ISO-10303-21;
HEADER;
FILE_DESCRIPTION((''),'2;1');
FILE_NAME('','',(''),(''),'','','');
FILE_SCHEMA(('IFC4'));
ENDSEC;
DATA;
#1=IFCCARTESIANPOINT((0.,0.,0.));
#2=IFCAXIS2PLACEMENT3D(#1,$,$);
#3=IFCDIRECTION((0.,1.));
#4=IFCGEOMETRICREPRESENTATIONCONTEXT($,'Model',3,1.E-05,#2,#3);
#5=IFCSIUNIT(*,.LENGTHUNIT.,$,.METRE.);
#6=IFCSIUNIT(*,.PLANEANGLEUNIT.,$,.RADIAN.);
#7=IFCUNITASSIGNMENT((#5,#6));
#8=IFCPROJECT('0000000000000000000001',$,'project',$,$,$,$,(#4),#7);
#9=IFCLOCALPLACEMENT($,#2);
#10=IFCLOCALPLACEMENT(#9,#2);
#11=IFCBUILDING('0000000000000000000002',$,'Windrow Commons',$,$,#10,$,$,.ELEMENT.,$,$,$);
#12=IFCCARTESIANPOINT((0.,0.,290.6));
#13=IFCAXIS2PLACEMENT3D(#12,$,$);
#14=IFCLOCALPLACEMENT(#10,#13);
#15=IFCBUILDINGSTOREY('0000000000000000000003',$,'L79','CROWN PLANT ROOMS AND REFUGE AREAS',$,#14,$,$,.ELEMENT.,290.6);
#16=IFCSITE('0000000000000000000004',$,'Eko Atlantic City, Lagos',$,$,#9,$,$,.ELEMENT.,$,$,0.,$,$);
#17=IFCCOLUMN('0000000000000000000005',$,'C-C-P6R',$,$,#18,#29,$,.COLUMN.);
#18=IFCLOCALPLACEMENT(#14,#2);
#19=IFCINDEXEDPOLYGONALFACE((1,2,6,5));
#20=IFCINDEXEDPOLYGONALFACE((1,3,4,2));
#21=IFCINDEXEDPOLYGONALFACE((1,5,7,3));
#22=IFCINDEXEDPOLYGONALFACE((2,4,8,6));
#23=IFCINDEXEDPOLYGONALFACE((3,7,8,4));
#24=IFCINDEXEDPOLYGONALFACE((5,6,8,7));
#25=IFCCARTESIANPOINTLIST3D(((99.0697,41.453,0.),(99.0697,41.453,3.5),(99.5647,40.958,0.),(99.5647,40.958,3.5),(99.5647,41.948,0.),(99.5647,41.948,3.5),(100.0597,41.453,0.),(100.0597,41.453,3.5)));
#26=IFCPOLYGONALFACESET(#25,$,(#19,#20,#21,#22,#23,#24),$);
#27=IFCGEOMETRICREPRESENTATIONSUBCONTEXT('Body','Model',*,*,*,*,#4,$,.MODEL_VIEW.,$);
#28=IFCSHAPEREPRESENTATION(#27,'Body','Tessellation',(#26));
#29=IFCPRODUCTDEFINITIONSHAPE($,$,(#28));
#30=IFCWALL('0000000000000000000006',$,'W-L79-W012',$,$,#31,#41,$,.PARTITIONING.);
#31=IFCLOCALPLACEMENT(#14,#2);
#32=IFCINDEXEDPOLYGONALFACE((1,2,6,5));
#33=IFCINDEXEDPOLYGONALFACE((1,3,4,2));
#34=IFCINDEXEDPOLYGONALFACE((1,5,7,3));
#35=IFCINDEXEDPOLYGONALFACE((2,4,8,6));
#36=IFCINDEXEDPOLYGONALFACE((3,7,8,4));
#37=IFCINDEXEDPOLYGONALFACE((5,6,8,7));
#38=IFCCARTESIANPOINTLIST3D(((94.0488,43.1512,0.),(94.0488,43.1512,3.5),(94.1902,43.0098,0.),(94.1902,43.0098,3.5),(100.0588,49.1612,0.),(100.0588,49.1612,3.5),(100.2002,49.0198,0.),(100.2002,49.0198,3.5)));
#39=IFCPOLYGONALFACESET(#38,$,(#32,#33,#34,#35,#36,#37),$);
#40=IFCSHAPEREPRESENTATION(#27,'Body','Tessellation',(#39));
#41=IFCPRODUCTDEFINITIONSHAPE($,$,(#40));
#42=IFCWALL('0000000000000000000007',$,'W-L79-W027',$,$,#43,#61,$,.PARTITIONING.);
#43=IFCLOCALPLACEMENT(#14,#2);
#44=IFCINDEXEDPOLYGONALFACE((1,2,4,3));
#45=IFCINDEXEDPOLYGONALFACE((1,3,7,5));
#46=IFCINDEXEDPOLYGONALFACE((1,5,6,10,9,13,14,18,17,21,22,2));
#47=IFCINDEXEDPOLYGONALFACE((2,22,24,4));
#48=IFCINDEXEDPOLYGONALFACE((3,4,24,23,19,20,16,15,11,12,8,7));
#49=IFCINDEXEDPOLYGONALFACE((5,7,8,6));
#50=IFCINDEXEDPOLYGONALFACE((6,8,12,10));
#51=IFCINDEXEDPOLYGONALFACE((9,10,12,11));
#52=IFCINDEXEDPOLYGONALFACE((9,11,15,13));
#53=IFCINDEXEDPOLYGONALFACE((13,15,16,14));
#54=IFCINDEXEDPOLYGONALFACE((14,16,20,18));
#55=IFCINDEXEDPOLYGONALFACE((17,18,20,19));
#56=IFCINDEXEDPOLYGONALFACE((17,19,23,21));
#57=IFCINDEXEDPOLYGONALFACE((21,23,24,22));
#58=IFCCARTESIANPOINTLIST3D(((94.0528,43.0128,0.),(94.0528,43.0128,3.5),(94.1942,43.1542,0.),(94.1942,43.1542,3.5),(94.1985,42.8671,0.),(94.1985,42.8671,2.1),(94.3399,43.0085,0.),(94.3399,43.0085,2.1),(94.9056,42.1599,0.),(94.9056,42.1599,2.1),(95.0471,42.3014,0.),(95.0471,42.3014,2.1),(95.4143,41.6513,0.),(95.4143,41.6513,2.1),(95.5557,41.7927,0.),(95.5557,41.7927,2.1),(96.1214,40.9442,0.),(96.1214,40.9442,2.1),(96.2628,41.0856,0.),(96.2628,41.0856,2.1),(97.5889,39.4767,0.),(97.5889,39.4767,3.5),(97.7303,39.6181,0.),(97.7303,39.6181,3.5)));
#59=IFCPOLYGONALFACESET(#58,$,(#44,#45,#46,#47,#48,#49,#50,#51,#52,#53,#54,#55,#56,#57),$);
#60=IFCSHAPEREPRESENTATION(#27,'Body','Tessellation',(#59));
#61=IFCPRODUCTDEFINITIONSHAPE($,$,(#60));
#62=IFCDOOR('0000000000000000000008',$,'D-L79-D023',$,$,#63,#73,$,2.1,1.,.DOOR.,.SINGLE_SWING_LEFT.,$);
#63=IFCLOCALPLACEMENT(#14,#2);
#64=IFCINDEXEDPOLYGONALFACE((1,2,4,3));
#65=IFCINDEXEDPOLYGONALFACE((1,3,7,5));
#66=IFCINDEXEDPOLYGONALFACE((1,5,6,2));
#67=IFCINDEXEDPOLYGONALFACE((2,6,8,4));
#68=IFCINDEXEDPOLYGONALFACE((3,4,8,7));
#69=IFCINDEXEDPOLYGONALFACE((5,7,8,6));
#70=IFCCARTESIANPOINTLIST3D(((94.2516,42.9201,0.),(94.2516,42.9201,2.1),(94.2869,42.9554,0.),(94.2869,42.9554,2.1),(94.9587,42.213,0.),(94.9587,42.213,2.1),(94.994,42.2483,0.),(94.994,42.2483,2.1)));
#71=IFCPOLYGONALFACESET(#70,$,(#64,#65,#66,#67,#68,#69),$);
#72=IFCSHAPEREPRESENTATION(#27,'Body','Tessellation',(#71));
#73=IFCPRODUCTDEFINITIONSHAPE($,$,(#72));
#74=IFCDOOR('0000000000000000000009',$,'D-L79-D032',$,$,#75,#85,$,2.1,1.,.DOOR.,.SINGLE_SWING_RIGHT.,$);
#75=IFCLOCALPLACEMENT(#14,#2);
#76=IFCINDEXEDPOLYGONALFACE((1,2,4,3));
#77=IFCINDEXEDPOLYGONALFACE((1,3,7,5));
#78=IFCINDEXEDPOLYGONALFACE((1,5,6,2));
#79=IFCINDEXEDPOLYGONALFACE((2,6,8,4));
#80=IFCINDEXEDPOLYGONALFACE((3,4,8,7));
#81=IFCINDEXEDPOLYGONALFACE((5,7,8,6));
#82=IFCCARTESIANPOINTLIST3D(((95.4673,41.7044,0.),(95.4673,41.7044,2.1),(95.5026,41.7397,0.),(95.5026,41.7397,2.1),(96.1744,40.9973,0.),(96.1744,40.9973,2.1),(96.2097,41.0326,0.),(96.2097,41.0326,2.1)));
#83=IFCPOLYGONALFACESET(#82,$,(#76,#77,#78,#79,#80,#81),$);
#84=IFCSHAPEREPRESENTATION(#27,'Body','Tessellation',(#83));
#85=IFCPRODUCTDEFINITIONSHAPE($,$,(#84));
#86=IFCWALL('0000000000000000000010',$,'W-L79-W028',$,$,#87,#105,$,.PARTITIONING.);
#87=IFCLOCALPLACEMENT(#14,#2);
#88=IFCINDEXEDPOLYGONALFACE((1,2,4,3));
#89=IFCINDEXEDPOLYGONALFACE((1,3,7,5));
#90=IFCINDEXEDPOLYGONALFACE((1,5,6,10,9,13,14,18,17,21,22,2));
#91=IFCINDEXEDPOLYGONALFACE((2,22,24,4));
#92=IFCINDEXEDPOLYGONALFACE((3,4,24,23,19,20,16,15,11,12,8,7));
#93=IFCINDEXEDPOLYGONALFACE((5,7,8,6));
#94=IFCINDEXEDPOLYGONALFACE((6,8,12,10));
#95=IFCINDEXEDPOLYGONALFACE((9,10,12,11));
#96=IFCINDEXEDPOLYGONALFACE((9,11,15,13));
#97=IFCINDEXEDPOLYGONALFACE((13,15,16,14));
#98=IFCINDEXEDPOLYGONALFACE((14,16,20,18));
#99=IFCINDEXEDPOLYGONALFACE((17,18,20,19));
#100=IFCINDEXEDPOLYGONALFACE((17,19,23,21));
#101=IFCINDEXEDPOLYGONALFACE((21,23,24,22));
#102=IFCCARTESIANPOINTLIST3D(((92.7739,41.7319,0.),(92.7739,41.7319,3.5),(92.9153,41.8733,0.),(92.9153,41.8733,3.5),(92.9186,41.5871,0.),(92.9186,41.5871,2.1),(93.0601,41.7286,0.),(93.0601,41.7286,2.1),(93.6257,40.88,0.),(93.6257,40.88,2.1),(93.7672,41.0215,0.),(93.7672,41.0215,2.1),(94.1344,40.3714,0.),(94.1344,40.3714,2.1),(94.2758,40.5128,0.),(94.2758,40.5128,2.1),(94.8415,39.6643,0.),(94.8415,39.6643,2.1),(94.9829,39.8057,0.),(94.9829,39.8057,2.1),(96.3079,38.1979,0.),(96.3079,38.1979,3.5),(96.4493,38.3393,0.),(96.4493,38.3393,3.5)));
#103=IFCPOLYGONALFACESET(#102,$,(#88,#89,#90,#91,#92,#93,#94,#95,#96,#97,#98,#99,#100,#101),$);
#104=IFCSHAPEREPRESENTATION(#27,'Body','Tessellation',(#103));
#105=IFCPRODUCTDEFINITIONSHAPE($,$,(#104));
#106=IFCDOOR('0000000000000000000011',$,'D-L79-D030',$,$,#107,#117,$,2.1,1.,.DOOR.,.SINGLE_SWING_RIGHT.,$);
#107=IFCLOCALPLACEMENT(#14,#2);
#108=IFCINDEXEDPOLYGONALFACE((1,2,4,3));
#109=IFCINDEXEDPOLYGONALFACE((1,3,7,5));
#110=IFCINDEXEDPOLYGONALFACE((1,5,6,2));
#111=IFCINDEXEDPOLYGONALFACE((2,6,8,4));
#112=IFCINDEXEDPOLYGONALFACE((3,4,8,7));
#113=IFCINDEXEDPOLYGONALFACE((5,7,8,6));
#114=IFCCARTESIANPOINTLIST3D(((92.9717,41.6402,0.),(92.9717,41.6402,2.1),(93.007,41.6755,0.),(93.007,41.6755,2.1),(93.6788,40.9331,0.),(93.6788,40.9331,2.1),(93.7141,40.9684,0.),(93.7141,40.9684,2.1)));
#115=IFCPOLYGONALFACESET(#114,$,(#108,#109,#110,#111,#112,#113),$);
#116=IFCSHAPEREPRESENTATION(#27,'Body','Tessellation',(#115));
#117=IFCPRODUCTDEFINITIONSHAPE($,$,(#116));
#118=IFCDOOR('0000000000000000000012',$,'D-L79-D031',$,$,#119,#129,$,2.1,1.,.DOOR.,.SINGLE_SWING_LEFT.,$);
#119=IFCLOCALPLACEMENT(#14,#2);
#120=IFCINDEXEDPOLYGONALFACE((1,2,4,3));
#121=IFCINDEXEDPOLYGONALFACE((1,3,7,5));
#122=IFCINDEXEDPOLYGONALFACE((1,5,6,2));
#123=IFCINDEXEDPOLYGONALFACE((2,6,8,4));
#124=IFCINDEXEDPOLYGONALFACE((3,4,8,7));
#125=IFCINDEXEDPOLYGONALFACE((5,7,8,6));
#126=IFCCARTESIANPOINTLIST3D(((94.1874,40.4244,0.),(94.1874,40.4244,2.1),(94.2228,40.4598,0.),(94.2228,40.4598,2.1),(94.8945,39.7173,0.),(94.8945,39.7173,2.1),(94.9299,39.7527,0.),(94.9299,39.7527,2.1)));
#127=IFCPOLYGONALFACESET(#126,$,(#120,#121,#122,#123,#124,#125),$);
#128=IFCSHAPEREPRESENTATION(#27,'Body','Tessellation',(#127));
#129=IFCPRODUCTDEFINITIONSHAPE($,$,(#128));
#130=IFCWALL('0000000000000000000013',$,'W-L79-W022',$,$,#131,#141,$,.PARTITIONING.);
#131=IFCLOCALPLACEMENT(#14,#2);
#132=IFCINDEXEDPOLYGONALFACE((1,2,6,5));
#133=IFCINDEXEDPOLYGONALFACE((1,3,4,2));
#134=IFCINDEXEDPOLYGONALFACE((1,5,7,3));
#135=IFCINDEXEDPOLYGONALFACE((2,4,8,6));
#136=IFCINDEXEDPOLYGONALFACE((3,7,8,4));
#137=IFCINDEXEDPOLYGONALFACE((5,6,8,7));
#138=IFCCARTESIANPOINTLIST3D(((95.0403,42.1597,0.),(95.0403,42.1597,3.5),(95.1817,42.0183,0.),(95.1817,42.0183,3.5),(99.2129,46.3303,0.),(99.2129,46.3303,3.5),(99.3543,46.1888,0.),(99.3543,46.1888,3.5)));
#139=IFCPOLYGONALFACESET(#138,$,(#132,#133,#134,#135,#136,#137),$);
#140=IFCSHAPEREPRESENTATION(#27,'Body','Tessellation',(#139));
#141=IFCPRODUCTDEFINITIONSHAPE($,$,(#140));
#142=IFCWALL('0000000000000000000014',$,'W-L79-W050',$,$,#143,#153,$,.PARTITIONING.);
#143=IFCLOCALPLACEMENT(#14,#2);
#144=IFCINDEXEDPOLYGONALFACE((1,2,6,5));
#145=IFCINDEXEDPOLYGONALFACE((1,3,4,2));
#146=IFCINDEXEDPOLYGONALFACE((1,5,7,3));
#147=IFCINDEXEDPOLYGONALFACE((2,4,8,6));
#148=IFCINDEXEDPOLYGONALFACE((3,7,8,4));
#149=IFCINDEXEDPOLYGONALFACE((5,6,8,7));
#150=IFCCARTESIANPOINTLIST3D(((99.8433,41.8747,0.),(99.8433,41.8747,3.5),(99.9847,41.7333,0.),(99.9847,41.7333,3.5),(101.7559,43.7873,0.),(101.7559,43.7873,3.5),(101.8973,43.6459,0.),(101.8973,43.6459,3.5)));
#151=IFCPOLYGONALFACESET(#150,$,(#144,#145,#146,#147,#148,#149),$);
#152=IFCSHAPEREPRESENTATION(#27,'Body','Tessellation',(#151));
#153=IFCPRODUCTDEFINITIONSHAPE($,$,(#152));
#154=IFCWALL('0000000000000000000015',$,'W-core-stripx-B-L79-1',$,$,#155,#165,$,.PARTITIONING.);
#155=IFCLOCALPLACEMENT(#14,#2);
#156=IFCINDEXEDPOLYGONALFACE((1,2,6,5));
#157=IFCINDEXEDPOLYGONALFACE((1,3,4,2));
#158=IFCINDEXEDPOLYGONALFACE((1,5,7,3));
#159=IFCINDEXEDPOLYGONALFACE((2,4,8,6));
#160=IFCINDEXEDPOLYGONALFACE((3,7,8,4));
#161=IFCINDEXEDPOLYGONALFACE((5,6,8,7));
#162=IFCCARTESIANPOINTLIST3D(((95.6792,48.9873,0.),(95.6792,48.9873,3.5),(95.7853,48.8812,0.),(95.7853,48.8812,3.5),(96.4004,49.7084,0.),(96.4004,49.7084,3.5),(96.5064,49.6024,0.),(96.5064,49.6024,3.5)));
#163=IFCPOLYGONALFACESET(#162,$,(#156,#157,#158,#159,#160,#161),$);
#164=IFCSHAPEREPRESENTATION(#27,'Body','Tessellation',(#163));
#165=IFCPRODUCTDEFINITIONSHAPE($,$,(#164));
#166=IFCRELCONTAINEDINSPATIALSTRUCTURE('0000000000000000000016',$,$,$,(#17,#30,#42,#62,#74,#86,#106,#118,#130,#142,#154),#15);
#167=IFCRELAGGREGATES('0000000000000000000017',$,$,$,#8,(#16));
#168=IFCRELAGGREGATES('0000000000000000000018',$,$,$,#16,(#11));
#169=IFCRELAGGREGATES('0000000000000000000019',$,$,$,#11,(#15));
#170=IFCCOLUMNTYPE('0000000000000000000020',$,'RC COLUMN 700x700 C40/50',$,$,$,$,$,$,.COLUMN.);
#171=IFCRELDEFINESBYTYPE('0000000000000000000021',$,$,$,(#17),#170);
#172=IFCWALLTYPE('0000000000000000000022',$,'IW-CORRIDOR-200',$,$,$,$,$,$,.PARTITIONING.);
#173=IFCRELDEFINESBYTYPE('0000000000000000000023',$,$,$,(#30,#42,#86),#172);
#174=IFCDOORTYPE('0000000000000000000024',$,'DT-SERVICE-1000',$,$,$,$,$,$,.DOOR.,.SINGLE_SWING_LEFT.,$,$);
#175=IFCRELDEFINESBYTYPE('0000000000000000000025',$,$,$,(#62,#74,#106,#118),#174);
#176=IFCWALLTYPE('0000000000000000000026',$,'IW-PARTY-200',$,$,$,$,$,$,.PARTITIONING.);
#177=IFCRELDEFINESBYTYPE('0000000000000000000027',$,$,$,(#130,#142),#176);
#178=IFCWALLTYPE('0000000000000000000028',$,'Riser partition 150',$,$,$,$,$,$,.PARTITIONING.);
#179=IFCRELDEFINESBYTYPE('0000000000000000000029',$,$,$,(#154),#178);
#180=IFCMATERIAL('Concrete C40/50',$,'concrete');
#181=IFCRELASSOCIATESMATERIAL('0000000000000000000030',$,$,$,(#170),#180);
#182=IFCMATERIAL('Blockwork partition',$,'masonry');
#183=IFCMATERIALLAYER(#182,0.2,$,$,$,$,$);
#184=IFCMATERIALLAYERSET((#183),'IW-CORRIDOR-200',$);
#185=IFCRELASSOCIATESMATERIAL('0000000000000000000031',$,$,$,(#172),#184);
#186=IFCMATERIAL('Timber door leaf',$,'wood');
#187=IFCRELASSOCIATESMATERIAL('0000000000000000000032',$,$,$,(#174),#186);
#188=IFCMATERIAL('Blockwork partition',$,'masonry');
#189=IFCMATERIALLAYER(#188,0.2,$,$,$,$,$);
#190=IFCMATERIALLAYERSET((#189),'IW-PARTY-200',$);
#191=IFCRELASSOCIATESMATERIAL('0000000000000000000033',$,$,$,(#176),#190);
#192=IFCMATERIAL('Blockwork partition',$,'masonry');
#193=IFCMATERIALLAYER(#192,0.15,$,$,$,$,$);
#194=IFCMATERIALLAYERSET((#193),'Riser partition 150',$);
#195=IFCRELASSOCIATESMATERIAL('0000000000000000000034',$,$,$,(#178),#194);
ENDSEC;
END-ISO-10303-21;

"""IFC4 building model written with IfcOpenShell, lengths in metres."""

from ifc_helpers import new_model, si_unit, direction, frame, frame_2d, origin, origin_2d, place, context, subcontext, project, spatial, polyline, rectangle, outline, extrude, material, layer, layer_set, material_profile, profile_set, type_object, element, fill, save


model = new_model("IFC4")

# Units and contexts
model_context = context("Model", 3, precision=1e-05, world=origin(), true_north=direction((0.0, 1.0)))
body_context = subcontext(model_context, "Body", "Model", "MODEL_VIEW")
ifc_project = project(units=[si_unit("LENGTHUNIT", "METRE"), si_unit("PLANEANGLEUNIT", "RADIAN")], contexts=[model_context])

# Site, building, storey
site_placement = place(None, origin())
site = spatial("IfcSite", under=ifc_project, at=site_placement, Name="Eko Atlantic City, Lagos", CompositionType="ELEMENT", RefElevation=0.0)
building_placement = place(site_placement, origin())
building = spatial("IfcBuilding", under=site, at=building_placement, Name="Windrow Commons", CompositionType="ELEMENT")
storey_placement = place(building_placement, frame((0.0, 0.0, 290.6)))
storey = spatial("IfcBuildingStorey", under=building, at=storey_placement, Name="L79", Description="CROWN PLANT ROOMS AND REFUGE AREAS", CompositionType="ELEMENT", Elevation=290.6)

# Column
ifc_material_1 = material(Name="Concrete C40/50", Category="concrete")
ifc_material_profile = material_profile(ifc_material_1, rectangle(XDim=0.7, YDim=0.7, at=origin_2d()))
ifc_profile_set = profile_set([ifc_material_profile], Name="Concrete C40/50")
column_type = type_object("IfcColumnType", Name="RC COLUMN 700x700 C40/50", PredefinedType="COLUMN", material=ifc_profile_set)
column_placement = place(storey_placement, frame((99.5647, 41.453, 0.0), z_axis=(0.0, 0.0, 1.0), x_axis=(0.707107, -0.707107, 0.0)))
element("IfcColumn", 1, at=column_placement, inside=storey, type_object=column_type, Name="C-C-P6R", PredefinedType="COLUMN", context=body_context, shape_type="SweptSolid", body=[
    extrude(rectangle(XDim=0.7, YDim=0.7, at=origin_2d()), origin(), (0.0, 0.0, 1.0), 3.5),
])

# Wall
ifc_material_2 = material(Name="Blockwork partition", Category="masonry")
ifc_layer_1 = layer(ifc_material_2, 0.2)
ifc_layer_set_1 = layer_set([ifc_layer_1], Name="IW-CORRIDOR-200")
wall_type_1 = type_object("IfcWallType", Name="IW-CORRIDOR-200", PredefinedType="PARTITIONING", material=ifc_layer_set_1)
wall_1_placement = place(storey_placement, frame((94.1195, 43.0805, 0.0), z_axis=(0.0, 0.0, 1.0), x_axis=(0.707107, 0.707107, 0.0)))
element("IfcWall", 2, at=wall_1_placement, inside=storey, type_object=wall_type_1, Name="W-L79-W012", PredefinedType="PARTITIONING", context=body_context, shape_type="SweptSolid", body=[
    extrude(rectangle(XDim=8.4994, YDim=0.2, at=frame_2d((4.2497, 0.0))), origin(), (0.0, 0.0, 1.0), 3.5),
])

# Walls, openings, doors
wall_2_placement = place(storey_placement, frame((94.1235, 43.0835, 0.0), z_axis=(0.0, 0.0, 1.0), x_axis=(0.707107, -0.707107, 0.0)))
wall_2 = element("IfcWall", 3, at=wall_2_placement, inside=storey, type_object=wall_type_1, Name="W-L79-W027", PredefinedType="PARTITIONING", context=body_context, shape_type="SweptSolid", body=[
    extrude(rectangle(XDim=5.0007, YDim=0.2, at=frame_2d((2.5004, 0.0))), origin(), (0.0, 0.0, 1.0), 3.5),
])
opening_1_placement = place(wall_2_placement, frame((0.2061, 0.0, 0.0)))
opening_1 = element("IfcOpeningElement", 4, at=opening_1_placement, cuts=wall_2, PredefinedType="OPENING", context=body_context, shape_type="SweptSolid", body=[
    extrude(rectangle(XDim=1.0, YDim=2.1, at=frame_2d((0.5, 1.05))), frame((0.0, 0.11, 0.0), z_axis=(0.0, -1.0, 0.0), x_axis=(1.0, 0.0, 0.0)), (0.0, 0.0, 1.0), 0.22),
])
opening_2_placement = place(wall_2_placement, frame((1.9254, 0.0, 0.0)))
opening_2 = element("IfcOpeningElement", 5, at=opening_2_placement, cuts=wall_2, PredefinedType="OPENING", context=body_context, shape_type="SweptSolid", body=[
    extrude(rectangle(XDim=1.0, YDim=2.1, at=frame_2d((0.5, 1.05))), frame((0.0, 0.11, 0.0), z_axis=(0.0, -1.0, 0.0), x_axis=(1.0, 0.0, 0.0)), (0.0, 0.0, 1.0), 0.22),
])
ifc_material_3 = material(Name="Timber door leaf", Category="wood")
door_type = type_object("IfcDoorType", Name="DT-SERVICE-1000", OperationType="SINGLE_SWING_LEFT", PredefinedType="DOOR", material=ifc_material_3)
door_1_placement = place(opening_1_placement, origin())
door_1 = element("IfcDoor", 6, at=door_1_placement, inside=storey, type_object=door_type, Name="D-L79-D023", OperationType="SINGLE_SWING_LEFT", OverallHeight=2.1, OverallWidth=1.0, PredefinedType="DOOR", context=body_context, shape_type="SweptSolid", body=[
    extrude(rectangle(XDim=1.0, YDim=2.1, at=frame_2d((0.5, 1.05))), frame((0.0, 0.025, 0.0), z_axis=(0.0, -1.0, 0.0), x_axis=(1.0, 0.0, 0.0)), (0.0, 0.0, 1.0), 0.05),
])
fill(opening_1, door_1)
door_2_placement = place(opening_2_placement, origin())
door_2 = element("IfcDoor", 7, at=door_2_placement, inside=storey, type_object=door_type, Name="D-L79-D032", OperationType="SINGLE_SWING_RIGHT", OverallHeight=2.1, OverallWidth=1.0, PredefinedType="DOOR", context=body_context, shape_type="SweptSolid", body=[
    extrude(rectangle(XDim=1.0, YDim=2.1, at=frame_2d((0.5, 1.05))), frame((0.0, 0.025, 0.0), z_axis=(0.0, -1.0, 0.0), x_axis=(1.0, 0.0, 0.0)), (0.0, 0.0, 1.0), 0.05),
])
fill(opening_2, door_2)
wall_3_placement = place(storey_placement, frame((92.8446, 41.8026, 0.0), z_axis=(0.0, 0.0, 1.0), x_axis=(0.707107, -0.707107, 0.0)))
wall_3 = element("IfcWall", 8, at=wall_3_placement, inside=storey, type_object=wall_type_1, Name="W-L79-W028", PredefinedType="PARTITIONING", context=body_context, shape_type="SweptSolid", body=[
    extrude(rectangle(XDim=4.9978, YDim=0.2, at=frame_2d((2.4989, 0.0))), origin(), (0.0, 0.0, 1.0), 3.5),
])
opening_3_placement = place(wall_3_placement, frame((0.2047, 0.0, 0.0)))
opening_3 = element("IfcOpeningElement", 9, at=opening_3_placement, cuts=wall_3, PredefinedType="OPENING", context=body_context, shape_type="SweptSolid", body=[
    extrude(rectangle(XDim=1.0, YDim=2.1, at=frame_2d((0.5, 1.05))), frame((0.0, 0.11, 0.0), z_axis=(0.0, -1.0, 0.0), x_axis=(1.0, 0.0, 0.0)), (0.0, 0.0, 1.0), 0.22),
])
opening_4_placement = place(wall_3_placement, frame((1.924, 0.0, 0.0)))
opening_4 = element("IfcOpeningElement", 10, at=opening_4_placement, cuts=wall_3, PredefinedType="OPENING", context=body_context, shape_type="SweptSolid", body=[
    extrude(rectangle(XDim=1.0, YDim=2.1, at=frame_2d((0.5, 1.05))), frame((0.0, 0.11, 0.0), z_axis=(0.0, -1.0, 0.0), x_axis=(1.0, 0.0, 0.0)), (0.0, 0.0, 1.0), 0.22),
])
door_3_placement = place(opening_3_placement, origin())
door_3 = element("IfcDoor", 11, at=door_3_placement, inside=storey, type_object=door_type, Name="D-L79-D030", OperationType="SINGLE_SWING_RIGHT", OverallHeight=2.1, OverallWidth=1.0, PredefinedType="DOOR", context=body_context, shape_type="SweptSolid", body=[
    extrude(rectangle(XDim=1.0, YDim=2.1, at=frame_2d((0.5, 1.05))), frame((0.0, 0.025, 0.0), z_axis=(0.0, -1.0, 0.0), x_axis=(1.0, 0.0, 0.0)), (0.0, 0.0, 1.0), 0.05),
])
fill(opening_3, door_3)
door_4_placement = place(opening_4_placement, origin())
door_4 = element("IfcDoor", 12, at=door_4_placement, inside=storey, type_object=door_type, Name="D-L79-D031", OperationType="SINGLE_SWING_LEFT", OverallHeight=2.1, OverallWidth=1.0, PredefinedType="DOOR", context=body_context, shape_type="SweptSolid", body=[
    extrude(rectangle(XDim=1.0, YDim=2.1, at=frame_2d((0.5, 1.05))), frame((0.0, 0.025, 0.0), z_axis=(0.0, -1.0, 0.0), x_axis=(1.0, 0.0, 0.0)), (0.0, 0.0, 1.0), 0.05),
])
fill(opening_4, door_4)

# Walls
ifc_material_4 = material(Name="Blockwork partition", Category="masonry")
ifc_layer_2 = layer(ifc_material_4, 0.2)
ifc_layer_set_2 = layer_set([ifc_layer_2], Name="IW-PARTY-200")
wall_type_2 = type_object("IfcWallType", Name="IW-PARTY-200", PredefinedType="PARTITIONING", material=ifc_layer_set_2)
wall_4_placement = place(storey_placement, frame((95.111, 42.089, 0.0), z_axis=(0.0, 0.0, 1.0), x_axis=(0.707276, 0.706937, 0.0)))
element("IfcWall", 13, at=wall_4_placement, inside=storey, type_object=wall_type_2, Name="W-L79-W022", PredefinedType="PARTITIONING", context=body_context, shape_type="SweptSolid", body=[
    extrude(outline(polyline([(0.0, -0.1), (5.8995, -0.1), (5.8995, 0.1), (0.0, 0.1), (0.0, -0.1)])), origin(), (0.0, 0.0, 1.0), 3.5),
])
wall_5_placement = place(storey_placement, frame((99.914, 41.804, 0.0), z_axis=(0.0, 0.0, 1.0), x_axis=(0.707107, 0.707107, 0.0)))
element("IfcWall", 14, at=wall_5_placement, inside=storey, type_object=wall_type_2, Name="W-L79-W050", PredefinedType="PARTITIONING", context=body_context, shape_type="SweptSolid", body=[
    extrude(outline(polyline([(0.0, -0.1), (2.7048, -0.1), (2.7048, 0.1), (0.0, 0.1), (0.0, -0.1)])), origin(), (0.0, 0.0, 1.0), 3.5),
])
ifc_material_5 = material(Name="Blockwork partition", Category="masonry")
ifc_layer_3 = layer(ifc_material_5, 0.15)
ifc_layer_set_3 = layer_set([ifc_layer_3], Name="Riser partition 150")
wall_type_3 = type_object("IfcWallType", Name="Riser partition 150", PredefinedType="PARTITIONING", material=ifc_layer_set_3)
wall_6_placement = place(storey_placement, frame((95.7322, 48.9342, 0.0), z_axis=(0.0, 0.0, 1.0), x_axis=(0.707107, 0.707107, 0.0)))
element("IfcWall", 15, at=wall_6_placement, inside=storey, type_object=wall_type_3, Name="W-core-stripx-B-L79-1", PredefinedType="PARTITIONING", context=body_context, shape_type="SweptSolid", body=[
    extrude(rectangle(XDim=1.0199, YDim=0.15, at=frame_2d((0.51, 0.0))), origin(), (0.0, 0.0, 1.0), 3.5),
])

save(model, "model.ifc")
